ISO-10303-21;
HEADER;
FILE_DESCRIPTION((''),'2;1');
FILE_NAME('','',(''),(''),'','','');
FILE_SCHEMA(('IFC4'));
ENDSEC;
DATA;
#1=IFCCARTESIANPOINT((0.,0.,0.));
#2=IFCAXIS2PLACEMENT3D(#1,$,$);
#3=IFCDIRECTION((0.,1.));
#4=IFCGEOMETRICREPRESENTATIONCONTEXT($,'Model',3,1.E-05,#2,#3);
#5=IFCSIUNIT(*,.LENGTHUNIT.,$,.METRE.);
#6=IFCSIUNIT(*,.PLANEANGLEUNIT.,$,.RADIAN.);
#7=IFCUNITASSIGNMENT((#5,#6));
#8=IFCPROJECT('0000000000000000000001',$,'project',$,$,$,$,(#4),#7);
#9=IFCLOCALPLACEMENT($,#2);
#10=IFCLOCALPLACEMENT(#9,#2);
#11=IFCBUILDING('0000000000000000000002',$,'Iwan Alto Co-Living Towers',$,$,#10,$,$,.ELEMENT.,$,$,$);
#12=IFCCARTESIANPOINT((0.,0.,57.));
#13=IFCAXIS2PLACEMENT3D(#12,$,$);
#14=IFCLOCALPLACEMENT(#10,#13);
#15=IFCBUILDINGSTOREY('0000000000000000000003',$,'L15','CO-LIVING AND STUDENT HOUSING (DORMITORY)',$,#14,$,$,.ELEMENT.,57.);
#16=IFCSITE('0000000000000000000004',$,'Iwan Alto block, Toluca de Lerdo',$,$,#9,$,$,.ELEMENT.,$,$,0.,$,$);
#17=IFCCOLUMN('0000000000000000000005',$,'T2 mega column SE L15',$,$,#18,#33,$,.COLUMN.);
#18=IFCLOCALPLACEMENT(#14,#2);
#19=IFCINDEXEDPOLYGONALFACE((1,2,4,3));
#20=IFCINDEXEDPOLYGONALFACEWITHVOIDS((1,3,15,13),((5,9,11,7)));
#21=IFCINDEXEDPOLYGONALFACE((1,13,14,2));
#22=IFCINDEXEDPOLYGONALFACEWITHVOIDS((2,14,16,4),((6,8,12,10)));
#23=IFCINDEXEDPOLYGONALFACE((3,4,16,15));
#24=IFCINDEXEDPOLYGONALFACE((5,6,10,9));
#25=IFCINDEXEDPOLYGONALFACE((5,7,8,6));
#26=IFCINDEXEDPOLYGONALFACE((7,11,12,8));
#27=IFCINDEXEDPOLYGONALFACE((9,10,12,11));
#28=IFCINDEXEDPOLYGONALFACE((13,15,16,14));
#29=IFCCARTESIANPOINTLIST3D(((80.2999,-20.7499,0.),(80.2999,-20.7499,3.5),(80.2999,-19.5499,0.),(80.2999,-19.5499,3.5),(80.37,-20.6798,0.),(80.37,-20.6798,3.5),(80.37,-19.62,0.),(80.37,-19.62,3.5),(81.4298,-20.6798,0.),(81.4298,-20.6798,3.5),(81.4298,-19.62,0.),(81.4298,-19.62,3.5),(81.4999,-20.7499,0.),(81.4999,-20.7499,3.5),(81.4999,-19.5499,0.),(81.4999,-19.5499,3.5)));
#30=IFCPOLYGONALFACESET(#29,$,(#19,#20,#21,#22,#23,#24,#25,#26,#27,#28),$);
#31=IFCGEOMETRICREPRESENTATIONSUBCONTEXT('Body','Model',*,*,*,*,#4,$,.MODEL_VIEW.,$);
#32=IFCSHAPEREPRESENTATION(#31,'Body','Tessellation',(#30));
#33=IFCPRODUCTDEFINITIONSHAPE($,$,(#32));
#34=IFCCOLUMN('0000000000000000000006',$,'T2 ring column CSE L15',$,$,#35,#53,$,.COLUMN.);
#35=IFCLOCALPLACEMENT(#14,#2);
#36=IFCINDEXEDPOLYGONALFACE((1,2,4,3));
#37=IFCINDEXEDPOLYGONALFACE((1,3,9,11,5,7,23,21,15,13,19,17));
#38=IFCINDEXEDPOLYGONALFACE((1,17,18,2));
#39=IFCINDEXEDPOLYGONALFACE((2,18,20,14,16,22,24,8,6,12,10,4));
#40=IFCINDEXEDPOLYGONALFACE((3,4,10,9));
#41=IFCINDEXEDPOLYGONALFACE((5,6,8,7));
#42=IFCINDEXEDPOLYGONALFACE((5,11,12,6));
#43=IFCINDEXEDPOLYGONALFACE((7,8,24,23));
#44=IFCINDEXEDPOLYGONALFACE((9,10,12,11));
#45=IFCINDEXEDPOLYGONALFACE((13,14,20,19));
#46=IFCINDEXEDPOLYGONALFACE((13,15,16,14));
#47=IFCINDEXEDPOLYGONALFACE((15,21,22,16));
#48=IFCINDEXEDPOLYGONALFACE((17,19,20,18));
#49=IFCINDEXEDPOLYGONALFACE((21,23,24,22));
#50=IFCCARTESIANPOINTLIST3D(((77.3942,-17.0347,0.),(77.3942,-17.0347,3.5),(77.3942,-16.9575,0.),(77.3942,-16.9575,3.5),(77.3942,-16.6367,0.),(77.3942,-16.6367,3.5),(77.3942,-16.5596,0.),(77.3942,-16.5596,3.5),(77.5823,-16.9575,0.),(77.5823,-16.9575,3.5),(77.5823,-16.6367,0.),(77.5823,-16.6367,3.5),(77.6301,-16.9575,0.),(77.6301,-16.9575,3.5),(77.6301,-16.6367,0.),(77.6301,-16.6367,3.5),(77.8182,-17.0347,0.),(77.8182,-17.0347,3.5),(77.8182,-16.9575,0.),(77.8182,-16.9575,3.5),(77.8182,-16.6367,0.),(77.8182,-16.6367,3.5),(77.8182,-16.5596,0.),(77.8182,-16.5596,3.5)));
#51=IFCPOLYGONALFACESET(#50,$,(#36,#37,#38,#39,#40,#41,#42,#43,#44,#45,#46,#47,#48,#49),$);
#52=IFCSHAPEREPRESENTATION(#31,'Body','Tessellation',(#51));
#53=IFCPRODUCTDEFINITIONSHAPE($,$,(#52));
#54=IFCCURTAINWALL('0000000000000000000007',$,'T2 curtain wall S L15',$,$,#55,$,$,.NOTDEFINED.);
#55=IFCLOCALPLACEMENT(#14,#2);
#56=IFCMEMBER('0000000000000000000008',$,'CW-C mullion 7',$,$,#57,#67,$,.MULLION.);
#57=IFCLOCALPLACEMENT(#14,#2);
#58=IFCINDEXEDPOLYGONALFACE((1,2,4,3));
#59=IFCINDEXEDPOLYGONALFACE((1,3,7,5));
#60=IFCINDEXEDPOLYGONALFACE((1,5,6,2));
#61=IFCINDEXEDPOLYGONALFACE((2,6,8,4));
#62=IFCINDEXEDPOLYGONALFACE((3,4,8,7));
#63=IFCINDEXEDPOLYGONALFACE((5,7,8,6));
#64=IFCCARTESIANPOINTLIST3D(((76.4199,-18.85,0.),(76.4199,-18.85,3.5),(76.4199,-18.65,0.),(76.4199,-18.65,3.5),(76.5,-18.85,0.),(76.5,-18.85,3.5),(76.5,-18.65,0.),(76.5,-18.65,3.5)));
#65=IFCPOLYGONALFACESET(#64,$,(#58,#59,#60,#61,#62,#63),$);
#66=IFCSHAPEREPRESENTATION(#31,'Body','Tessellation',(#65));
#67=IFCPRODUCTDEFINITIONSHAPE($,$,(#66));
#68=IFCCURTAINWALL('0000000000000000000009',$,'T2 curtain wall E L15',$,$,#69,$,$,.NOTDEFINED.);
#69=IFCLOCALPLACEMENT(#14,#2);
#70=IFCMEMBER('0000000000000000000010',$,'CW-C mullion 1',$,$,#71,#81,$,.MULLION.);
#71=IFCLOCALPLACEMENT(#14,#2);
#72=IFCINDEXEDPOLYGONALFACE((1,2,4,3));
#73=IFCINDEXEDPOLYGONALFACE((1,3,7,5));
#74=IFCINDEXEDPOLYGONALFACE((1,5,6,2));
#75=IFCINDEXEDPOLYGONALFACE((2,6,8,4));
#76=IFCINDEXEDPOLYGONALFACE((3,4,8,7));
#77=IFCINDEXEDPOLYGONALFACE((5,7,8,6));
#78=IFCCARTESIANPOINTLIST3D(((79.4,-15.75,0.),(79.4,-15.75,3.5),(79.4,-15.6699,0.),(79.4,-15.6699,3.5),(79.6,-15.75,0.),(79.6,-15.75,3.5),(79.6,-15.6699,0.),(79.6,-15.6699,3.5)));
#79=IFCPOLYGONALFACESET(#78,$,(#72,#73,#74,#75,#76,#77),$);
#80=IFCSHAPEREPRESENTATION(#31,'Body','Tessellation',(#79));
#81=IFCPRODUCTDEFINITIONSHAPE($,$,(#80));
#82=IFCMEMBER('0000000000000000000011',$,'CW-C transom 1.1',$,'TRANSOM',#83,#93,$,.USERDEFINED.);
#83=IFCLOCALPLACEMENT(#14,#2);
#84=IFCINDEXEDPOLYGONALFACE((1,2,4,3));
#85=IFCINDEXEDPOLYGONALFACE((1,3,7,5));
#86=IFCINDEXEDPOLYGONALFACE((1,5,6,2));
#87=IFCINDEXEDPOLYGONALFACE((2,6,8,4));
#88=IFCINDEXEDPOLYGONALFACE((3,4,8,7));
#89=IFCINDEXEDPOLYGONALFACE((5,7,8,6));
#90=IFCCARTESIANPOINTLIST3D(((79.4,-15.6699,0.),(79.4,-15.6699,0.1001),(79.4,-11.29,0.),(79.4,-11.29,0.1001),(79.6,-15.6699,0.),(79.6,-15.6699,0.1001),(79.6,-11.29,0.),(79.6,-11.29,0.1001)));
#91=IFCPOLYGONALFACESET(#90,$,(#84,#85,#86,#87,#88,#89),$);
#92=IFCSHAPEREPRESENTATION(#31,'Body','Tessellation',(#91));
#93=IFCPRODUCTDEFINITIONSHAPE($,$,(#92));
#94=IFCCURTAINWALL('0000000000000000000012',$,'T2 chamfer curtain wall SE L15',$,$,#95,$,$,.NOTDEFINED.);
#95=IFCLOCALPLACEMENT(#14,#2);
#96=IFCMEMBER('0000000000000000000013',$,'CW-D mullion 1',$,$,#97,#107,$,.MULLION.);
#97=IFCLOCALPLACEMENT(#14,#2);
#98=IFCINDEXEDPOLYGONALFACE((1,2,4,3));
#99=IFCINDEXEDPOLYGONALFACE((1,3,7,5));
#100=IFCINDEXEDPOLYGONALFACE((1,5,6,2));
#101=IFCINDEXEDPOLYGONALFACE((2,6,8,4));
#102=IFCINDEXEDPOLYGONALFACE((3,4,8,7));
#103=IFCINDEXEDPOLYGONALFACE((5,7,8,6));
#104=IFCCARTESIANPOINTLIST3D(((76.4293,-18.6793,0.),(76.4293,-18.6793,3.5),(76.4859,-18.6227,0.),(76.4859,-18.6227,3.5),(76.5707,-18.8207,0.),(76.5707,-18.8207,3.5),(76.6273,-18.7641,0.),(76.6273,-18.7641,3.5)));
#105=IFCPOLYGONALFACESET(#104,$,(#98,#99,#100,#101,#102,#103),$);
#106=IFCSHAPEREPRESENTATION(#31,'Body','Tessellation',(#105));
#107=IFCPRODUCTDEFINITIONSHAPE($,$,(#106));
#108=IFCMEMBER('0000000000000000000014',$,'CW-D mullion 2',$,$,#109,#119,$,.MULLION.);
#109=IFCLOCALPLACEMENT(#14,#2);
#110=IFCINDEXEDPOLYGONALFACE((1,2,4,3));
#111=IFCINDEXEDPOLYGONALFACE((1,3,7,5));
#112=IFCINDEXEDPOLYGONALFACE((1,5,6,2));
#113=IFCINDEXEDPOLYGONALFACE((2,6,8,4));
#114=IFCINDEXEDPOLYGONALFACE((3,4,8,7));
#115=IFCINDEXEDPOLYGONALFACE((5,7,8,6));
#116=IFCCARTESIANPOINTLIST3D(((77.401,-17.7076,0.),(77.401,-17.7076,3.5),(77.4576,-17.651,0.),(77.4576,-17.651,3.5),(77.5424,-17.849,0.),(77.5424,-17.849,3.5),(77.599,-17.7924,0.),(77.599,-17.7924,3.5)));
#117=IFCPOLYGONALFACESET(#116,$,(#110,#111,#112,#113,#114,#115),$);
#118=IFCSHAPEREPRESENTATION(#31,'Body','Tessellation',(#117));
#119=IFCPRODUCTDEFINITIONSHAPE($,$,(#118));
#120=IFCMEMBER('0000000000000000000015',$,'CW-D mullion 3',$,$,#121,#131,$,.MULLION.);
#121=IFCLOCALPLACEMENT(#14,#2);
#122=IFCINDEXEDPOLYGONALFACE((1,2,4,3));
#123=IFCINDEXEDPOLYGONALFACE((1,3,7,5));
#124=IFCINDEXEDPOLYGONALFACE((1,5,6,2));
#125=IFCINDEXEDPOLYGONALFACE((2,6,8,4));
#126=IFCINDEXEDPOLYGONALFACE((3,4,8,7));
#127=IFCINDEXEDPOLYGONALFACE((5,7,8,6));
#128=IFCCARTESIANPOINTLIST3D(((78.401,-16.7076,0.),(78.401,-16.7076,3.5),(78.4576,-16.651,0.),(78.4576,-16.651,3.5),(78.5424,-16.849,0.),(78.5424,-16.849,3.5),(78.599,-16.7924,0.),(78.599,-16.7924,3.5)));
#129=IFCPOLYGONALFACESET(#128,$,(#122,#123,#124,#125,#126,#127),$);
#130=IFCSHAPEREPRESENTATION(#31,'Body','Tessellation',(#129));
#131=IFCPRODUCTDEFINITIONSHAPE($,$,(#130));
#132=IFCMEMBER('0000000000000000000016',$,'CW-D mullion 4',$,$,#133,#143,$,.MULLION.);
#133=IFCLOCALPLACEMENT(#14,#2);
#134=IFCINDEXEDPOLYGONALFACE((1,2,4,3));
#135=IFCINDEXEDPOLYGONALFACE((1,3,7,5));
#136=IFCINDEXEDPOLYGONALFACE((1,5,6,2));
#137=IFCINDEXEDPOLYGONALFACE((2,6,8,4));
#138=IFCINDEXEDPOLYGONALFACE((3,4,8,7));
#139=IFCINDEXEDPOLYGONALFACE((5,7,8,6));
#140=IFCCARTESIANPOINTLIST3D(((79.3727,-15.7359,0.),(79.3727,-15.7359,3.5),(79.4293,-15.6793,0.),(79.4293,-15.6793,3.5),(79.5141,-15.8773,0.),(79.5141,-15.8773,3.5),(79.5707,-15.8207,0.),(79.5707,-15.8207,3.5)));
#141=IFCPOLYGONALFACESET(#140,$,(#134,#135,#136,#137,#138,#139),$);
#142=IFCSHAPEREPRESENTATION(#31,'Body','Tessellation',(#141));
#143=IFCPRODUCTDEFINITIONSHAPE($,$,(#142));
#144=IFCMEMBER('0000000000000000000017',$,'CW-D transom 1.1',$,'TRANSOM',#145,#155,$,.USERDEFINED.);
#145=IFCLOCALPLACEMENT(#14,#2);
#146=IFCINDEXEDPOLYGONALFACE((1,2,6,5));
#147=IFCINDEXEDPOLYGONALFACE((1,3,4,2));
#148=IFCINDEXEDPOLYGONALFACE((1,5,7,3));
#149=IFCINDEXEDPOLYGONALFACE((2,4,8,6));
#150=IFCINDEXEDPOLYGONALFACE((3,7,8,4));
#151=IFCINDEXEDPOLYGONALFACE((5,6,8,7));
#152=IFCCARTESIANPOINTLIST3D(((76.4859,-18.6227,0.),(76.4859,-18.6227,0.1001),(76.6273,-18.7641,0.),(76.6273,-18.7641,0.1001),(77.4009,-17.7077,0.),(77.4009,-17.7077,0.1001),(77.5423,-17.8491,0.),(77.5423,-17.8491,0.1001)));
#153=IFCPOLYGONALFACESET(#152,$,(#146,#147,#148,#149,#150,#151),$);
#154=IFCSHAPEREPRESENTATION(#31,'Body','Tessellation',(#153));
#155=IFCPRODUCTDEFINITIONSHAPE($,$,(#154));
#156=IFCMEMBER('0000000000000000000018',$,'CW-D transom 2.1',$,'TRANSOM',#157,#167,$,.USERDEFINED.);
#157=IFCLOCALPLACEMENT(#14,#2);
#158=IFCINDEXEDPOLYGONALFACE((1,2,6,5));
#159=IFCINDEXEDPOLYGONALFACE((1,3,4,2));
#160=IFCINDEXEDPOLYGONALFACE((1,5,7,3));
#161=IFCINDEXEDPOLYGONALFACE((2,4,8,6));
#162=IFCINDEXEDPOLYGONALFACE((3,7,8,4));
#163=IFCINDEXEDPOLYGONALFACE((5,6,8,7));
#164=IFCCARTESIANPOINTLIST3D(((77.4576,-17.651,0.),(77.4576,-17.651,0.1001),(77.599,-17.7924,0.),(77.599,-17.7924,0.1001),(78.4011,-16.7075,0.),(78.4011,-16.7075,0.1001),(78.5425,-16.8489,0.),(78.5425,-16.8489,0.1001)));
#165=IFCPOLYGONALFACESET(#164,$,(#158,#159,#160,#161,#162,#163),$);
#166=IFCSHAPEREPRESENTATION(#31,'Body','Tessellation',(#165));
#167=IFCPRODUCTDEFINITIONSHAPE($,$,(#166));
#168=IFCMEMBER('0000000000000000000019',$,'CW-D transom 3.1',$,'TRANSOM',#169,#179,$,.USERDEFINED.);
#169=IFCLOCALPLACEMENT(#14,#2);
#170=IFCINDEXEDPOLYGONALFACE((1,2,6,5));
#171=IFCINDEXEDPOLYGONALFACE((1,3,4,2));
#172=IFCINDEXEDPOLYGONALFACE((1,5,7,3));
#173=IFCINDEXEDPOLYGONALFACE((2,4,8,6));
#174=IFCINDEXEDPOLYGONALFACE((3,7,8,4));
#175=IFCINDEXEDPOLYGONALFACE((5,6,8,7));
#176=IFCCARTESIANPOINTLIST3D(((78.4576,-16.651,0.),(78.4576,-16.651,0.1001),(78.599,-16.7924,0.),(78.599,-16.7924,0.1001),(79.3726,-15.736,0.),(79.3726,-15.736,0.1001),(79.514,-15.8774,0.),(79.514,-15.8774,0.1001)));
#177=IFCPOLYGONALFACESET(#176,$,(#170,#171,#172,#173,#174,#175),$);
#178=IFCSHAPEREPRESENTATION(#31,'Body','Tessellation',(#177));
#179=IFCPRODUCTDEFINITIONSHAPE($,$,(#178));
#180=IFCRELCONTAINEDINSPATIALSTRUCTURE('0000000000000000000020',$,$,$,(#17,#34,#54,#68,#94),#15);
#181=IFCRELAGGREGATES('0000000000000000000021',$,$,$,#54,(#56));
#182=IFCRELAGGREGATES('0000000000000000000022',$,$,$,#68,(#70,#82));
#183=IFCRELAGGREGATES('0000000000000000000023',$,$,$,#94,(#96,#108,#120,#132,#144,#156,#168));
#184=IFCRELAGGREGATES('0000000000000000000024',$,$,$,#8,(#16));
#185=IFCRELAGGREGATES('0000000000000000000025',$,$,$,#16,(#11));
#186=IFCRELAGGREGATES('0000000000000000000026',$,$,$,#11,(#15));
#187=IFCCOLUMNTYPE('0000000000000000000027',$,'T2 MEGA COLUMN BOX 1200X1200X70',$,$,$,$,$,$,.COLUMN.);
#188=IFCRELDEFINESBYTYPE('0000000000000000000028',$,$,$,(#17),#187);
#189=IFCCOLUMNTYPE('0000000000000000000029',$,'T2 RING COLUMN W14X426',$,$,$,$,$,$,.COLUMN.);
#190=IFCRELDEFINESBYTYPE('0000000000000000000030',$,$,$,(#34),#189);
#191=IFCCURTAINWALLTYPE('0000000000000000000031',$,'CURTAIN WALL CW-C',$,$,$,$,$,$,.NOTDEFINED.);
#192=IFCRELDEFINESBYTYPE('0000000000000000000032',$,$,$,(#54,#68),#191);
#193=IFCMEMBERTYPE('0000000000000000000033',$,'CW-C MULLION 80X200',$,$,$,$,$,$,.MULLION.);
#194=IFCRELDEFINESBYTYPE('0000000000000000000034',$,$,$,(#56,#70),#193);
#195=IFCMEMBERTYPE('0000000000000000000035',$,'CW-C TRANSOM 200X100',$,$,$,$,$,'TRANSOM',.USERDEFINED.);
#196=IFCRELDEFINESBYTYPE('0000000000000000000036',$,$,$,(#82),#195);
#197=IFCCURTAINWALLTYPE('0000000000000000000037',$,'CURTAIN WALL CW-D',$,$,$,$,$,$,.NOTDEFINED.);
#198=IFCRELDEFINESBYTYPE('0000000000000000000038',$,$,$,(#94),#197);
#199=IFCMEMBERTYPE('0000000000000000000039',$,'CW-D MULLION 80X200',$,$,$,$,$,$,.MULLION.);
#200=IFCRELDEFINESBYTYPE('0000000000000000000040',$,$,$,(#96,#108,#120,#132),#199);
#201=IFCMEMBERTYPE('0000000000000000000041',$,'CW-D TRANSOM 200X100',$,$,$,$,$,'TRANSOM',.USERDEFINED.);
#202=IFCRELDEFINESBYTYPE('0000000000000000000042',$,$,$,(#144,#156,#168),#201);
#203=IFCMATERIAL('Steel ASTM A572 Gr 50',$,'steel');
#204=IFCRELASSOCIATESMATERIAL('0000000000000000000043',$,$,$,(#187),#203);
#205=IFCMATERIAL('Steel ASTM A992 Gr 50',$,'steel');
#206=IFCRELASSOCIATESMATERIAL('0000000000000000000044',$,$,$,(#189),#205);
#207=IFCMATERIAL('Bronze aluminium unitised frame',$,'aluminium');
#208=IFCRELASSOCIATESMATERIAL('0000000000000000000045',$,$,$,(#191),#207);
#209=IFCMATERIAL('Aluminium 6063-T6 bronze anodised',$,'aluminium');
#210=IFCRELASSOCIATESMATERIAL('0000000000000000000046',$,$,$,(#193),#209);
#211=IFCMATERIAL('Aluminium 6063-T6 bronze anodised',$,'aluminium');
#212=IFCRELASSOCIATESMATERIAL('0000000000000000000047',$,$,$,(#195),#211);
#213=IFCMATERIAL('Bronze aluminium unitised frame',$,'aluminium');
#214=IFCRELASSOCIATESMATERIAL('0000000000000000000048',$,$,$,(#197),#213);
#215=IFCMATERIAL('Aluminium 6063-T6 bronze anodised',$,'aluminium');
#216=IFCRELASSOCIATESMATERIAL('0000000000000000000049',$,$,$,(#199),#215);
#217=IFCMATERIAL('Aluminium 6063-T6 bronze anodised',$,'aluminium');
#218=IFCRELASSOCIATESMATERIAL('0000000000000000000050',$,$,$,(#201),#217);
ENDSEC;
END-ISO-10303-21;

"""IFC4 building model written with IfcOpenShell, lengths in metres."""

from ifc_helpers import new_model, si_unit, direction, frame, origin, origin_2d, place, context, subcontext, project, spatial, rectangle, hollow_rectangle, i_section, extrude, material, material_profile, profile_set, type_object, element, aggregate, save


model = new_model("IFC4")

# Units and contexts
model_context = context("Model", 3, precision=1e-05, world=origin(), true_north=direction((0.0, 1.0)))
body_context = subcontext(model_context, "Body", "Model", "MODEL_VIEW")
ifc_project = project(units=[si_unit("LENGTHUNIT", "METRE"), si_unit("PLANEANGLEUNIT", "RADIAN")], contexts=[model_context])

# Site, building, storey
site_placement = place(None, origin())
site = spatial("IfcSite", under=ifc_project, at=site_placement, Name="Iwan Alto block, Toluca de Lerdo", CompositionType="ELEMENT", RefElevation=0.0)
building_placement = place(site_placement, origin())
building = spatial("IfcBuilding", under=site, at=building_placement, Name="Iwan Alto Co-Living Towers", CompositionType="ELEMENT")
storey_placement = place(building_placement, frame((0.0, 0.0, 57.0)))
storey = spatial("IfcBuildingStorey", under=building, at=storey_placement, Name="L15", Description="CO-LIVING AND STUDENT HOUSING (DORMITORY)", CompositionType="ELEMENT", Elevation=57.0)

# Columns
ifc_material_1 = material(Name="Steel ASTM A572 Gr 50", Category="steel")
ifc_material_profile_1 = material_profile(ifc_material_1, hollow_rectangle(XDim=1.2, YDim=1.2, WallThickness=0.0701, at=origin_2d()), Name="BOX 1200X1200X70")
ifc_profile_set_1 = profile_set([ifc_material_profile_1], Name="Steel ASTM A572 Gr 50")
column_type_1 = type_object("IfcColumnType", Name="T2 MEGA COLUMN BOX 1200X1200X70", PredefinedType="COLUMN", material=ifc_profile_set_1)
column_1_placement = place(storey_placement, frame((80.8999, -20.1499, 0.0), z_axis=(0.0, 0.0, 1.0), x_axis=(1.0, 0.0, 0.0)))
element("IfcColumn", 1, at=column_1_placement, inside=storey, type_object=column_type_1, Name="T2 mega column SE L15", PredefinedType="COLUMN", context=body_context, shape_type="SweptSolid", body=[
    extrude(hollow_rectangle(XDim=1.2, YDim=1.2, WallThickness=0.0701, at=origin_2d()), origin(), (0.0, 0.0, 1.0), 3.5),
])
ifc_material_2 = material(Name="Steel ASTM A992 Gr 50", Category="steel")
ifc_material_profile_2 = material_profile(ifc_material_2, i_section(OverallWidth=0.4241, OverallDepth=0.4751, WebThickness=0.0479, FlangeThickness=0.0771, at=origin_2d()), Name="W14X426")
ifc_profile_set_2 = profile_set([ifc_material_profile_2], Name="Steel ASTM A992 Gr 50")
column_type_2 = type_object("IfcColumnType", Name="T2 RING COLUMN W14X426", PredefinedType="COLUMN", material=ifc_profile_set_2)
column_2_placement = place(storey_placement, frame((77.6062, -16.7971, 0.0), z_axis=(0.0, 0.0, 1.0), x_axis=(1.0, 0.0, 0.0)))
element("IfcColumn", 2, at=column_2_placement, inside=storey, type_object=column_type_2, Name="T2 ring column CSE L15", PredefinedType="COLUMN", context=body_context, shape_type="SweptSolid", body=[
    extrude(i_section(OverallWidth=0.4241, OverallDepth=0.4751, WebThickness=0.0479, FlangeThickness=0.0771, at=origin_2d()), origin(), (0.0, 0.0, 1.0), 3.5),
])

# Curtain wall, member
ifc_material_3 = material(Name="Bronze aluminium unitised frame", Category="aluminium")
curtain_wall_type_1 = type_object("IfcCurtainWallType", Name="CURTAIN WALL CW-C", PredefinedType="NOTDEFINED", material=ifc_material_3)
curtain_wall_1_placement = place(storey_placement, origin())
curtain_wall_1 = element("IfcCurtainWall", 3, at=curtain_wall_1_placement, inside=storey, type_object=curtain_wall_type_1, Name="T2 curtain wall S L15", PredefinedType="NOTDEFINED")
ifc_material_4 = material(Name="Aluminium 6063-T6 bronze anodised", Category="aluminium")
ifc_material_profile_3 = material_profile(ifc_material_4, rectangle(XDim=0.2, YDim=0.0801, at=origin_2d()), Name="AL 80X200")
ifc_profile_set_3 = profile_set([ifc_material_profile_3], Name="Aluminium 6063-T6 bronze anodised")
member_type_1 = type_object("IfcMemberType", Name="CW-C MULLION 80X200", PredefinedType="MULLION", material=ifc_profile_set_3)
member_1_placement = place(storey_placement, frame((76.46, -18.75, 0.0), z_axis=(0.0, 0.0, 1.0), x_axis=(0.0, 1.0, 0.0)))
member_1 = element("IfcMember", 4, at=member_1_placement, type_object=member_type_1, Name="CW-C mullion 7", PredefinedType="MULLION", context=body_context, shape_type="SweptSolid", body=[
    extrude(rectangle(XDim=0.2, YDim=0.0801, at=origin_2d()), origin(), (0.0, 0.0, 1.0), 3.5),
])

# Curtain walls, members
curtain_wall_2_placement = place(storey_placement, origin())
curtain_wall_2 = element("IfcCurtainWall", 5, at=curtain_wall_2_placement, inside=storey, type_object=curtain_wall_type_1, Name="T2 curtain wall E L15", PredefinedType="NOTDEFINED")
member_2_placement = place(storey_placement, frame((79.5, -15.71, 0.0), z_axis=(0.0, 0.0, 1.0), x_axis=(-1.0, 0.0, 0.0)))
member_2 = element("IfcMember", 6, at=member_2_placement, type_object=member_type_1, Name="CW-C mullion 1", PredefinedType="MULLION", context=body_context, shape_type="SweptSolid", body=[
    extrude(rectangle(XDim=0.2, YDim=0.0801, at=origin_2d()), origin(), (0.0, 0.0, 1.0), 3.5),
])
ifc_material_5 = material(Name="Aluminium 6063-T6 bronze anodised", Category="aluminium")
ifc_material_profile_4 = material_profile(ifc_material_5, rectangle(XDim=0.2, YDim=0.1001, at=origin_2d()), Name="AL 200X100")
ifc_profile_set_4 = profile_set([ifc_material_profile_4], Name="Aluminium 6063-T6 bronze anodised")
member_type_2 = type_object("IfcMemberType", Name="CW-C TRANSOM 200X100", ElementType="TRANSOM", PredefinedType="USERDEFINED", material=ifc_profile_set_4)
member_3_placement = place(storey_placement, frame((79.5, -15.6699, 0.05), z_axis=(0.0, 1.0, 0.0), x_axis=(-1.0, 0.0, 0.0)))
member_3 = element("IfcMember", 7, at=member_3_placement, type_object=member_type_2, Name="CW-C transom 1.1", ObjectType="TRANSOM", PredefinedType="USERDEFINED", context=body_context, shape_type="SweptSolid", body=[
    extrude(rectangle(XDim=0.2, YDim=0.1001, at=origin_2d()), origin(), (0.0, 0.0, 1.0), 4.3799),
])
ifc_material_6 = material(Name="Bronze aluminium unitised frame", Category="aluminium")
curtain_wall_type_2 = type_object("IfcCurtainWallType", Name="CURTAIN WALL CW-D", PredefinedType="NOTDEFINED", material=ifc_material_6)
curtain_wall_3_placement = place(storey_placement, origin())
curtain_wall_3 = element("IfcCurtainWall", 8, at=curtain_wall_3_placement, inside=storey, type_object=curtain_wall_type_2, Name="T2 chamfer curtain wall SE L15", PredefinedType="NOTDEFINED")
ifc_material_7 = material(Name="Aluminium 6063-T6 bronze anodised", Category="aluminium")
ifc_material_profile_5 = material_profile(ifc_material_7, rectangle(XDim=0.2, YDim=0.0801, at=origin_2d()), Name="AL 80X200")
ifc_profile_set_5 = profile_set([ifc_material_profile_5], Name="Aluminium 6063-T6 bronze anodised")
member_type_3 = type_object("IfcMemberType", Name="CW-D MULLION 80X200", PredefinedType="MULLION", material=ifc_profile_set_5)
member_4_placement = place(storey_placement, frame((76.5283, -18.7217, 0.0), z_axis=(0.0, 0.0, 1.0), x_axis=(-0.707107, 0.707107, 0.0)))
member_4 = element("IfcMember", 9, at=member_4_placement, type_object=member_type_3, Name="CW-D mullion 1", PredefinedType="MULLION", context=body_context, shape_type="SweptSolid", body=[
    extrude(rectangle(XDim=0.2, YDim=0.0801, at=origin_2d()), origin(), (0.0, 0.0, 1.0), 3.5),
])
member_5_placement = place(storey_placement, frame((77.5, -17.75, 0.0), z_axis=(0.0, 0.0, 1.0), x_axis=(-0.707107, 0.707107, 0.0)))
member_5 = element("IfcMember", 10, at=member_5_placement, type_object=member_type_3, Name="CW-D mullion 2", PredefinedType="MULLION", context=body_context, shape_type="SweptSolid", body=[
    extrude(rectangle(XDim=0.2, YDim=0.0801, at=origin_2d()), origin(), (0.0, 0.0, 1.0), 3.5),
])
member_6_placement = place(storey_placement, frame((78.5, -16.75, 0.0), z_axis=(0.0, 0.0, 1.0), x_axis=(-0.707107, 0.707107, 0.0)))
member_6 = element("IfcMember", 11, at=member_6_placement, type_object=member_type_3, Name="CW-D mullion 3", PredefinedType="MULLION", context=body_context, shape_type="SweptSolid", body=[
    extrude(rectangle(XDim=0.2, YDim=0.0801, at=origin_2d()), origin(), (0.0, 0.0, 1.0), 3.5),
])
member_7_placement = place(storey_placement, frame((79.4717, -15.7783, 0.0), z_axis=(0.0, 0.0, 1.0), x_axis=(-0.707107, 0.707107, 0.0)))
member_7 = element("IfcMember", 12, at=member_7_placement, type_object=member_type_3, Name="CW-D mullion 4", PredefinedType="MULLION", context=body_context, shape_type="SweptSolid", body=[
    extrude(rectangle(XDim=0.2, YDim=0.0801, at=origin_2d()), origin(), (0.0, 0.0, 1.0), 3.5),
])
ifc_material_8 = material(Name="Aluminium 6063-T6 bronze anodised", Category="aluminium")
ifc_material_profile_6 = material_profile(ifc_material_8, rectangle(XDim=0.2, YDim=0.1001, at=origin_2d()), Name="AL 200X100")
ifc_profile_set_6 = profile_set([ifc_material_profile_6], Name="Aluminium 6063-T6 bronze anodised")
member_type_4 = type_object("IfcMemberType", Name="CW-D TRANSOM 200X100", ElementType="TRANSOM", PredefinedType="USERDEFINED", material=ifc_profile_set_6)
member_8_placement = place(storey_placement, frame((76.5566, -18.6934, 0.05), z_axis=(0.707107, 0.707107, 0.0), x_axis=(-0.707107, 0.707107, 0.0)))
member_8 = element("IfcMember", 13, at=member_8_placement, type_object=member_type_4, Name="CW-D transom 1.1", ObjectType="TRANSOM", PredefinedType="USERDEFINED", context=body_context, shape_type="SweptSolid", body=[
    extrude(rectangle(XDim=0.2, YDim=0.1001, at=origin_2d()), origin(), (0.0, 0.0, 1.0), 1.2939),
])
member_9_placement = place(storey_placement, frame((77.5283, -17.7217, 0.05), z_axis=(0.707107, 0.707107, 0.0), x_axis=(-0.707107, 0.707107, 0.0)))
member_9 = element("IfcMember", 14, at=member_9_placement, type_object=member_type_4, Name="CW-D transom 2.1", ObjectType="TRANSOM", PredefinedType="USERDEFINED", context=body_context, shape_type="SweptSolid", body=[
    extrude(rectangle(XDim=0.2, YDim=0.1001, at=origin_2d()), origin(), (0.0, 0.0, 1.0), 1.3342),
])
member_10_placement = place(storey_placement, frame((78.5283, -16.7217, 0.05), z_axis=(0.707107, 0.707107, 0.0), x_axis=(-0.707107, 0.707107, 0.0)))
member_10 = element("IfcMember", 15, at=member_10_placement, type_object=member_type_4, Name="CW-D transom 3.1", ObjectType="TRANSOM", PredefinedType="USERDEFINED", context=body_context, shape_type="SweptSolid", body=[
    extrude(rectangle(XDim=0.2, YDim=0.1001, at=origin_2d()), origin(), (0.0, 0.0, 1.0), 1.2939),
])

aggregate(curtain_wall_1, [member_1])
aggregate(curtain_wall_2, [member_2, member_3])
aggregate(curtain_wall_3, [member_4, member_5, member_6, member_7, member_8, member_9, member_10])

save(model, "model.ifc")
